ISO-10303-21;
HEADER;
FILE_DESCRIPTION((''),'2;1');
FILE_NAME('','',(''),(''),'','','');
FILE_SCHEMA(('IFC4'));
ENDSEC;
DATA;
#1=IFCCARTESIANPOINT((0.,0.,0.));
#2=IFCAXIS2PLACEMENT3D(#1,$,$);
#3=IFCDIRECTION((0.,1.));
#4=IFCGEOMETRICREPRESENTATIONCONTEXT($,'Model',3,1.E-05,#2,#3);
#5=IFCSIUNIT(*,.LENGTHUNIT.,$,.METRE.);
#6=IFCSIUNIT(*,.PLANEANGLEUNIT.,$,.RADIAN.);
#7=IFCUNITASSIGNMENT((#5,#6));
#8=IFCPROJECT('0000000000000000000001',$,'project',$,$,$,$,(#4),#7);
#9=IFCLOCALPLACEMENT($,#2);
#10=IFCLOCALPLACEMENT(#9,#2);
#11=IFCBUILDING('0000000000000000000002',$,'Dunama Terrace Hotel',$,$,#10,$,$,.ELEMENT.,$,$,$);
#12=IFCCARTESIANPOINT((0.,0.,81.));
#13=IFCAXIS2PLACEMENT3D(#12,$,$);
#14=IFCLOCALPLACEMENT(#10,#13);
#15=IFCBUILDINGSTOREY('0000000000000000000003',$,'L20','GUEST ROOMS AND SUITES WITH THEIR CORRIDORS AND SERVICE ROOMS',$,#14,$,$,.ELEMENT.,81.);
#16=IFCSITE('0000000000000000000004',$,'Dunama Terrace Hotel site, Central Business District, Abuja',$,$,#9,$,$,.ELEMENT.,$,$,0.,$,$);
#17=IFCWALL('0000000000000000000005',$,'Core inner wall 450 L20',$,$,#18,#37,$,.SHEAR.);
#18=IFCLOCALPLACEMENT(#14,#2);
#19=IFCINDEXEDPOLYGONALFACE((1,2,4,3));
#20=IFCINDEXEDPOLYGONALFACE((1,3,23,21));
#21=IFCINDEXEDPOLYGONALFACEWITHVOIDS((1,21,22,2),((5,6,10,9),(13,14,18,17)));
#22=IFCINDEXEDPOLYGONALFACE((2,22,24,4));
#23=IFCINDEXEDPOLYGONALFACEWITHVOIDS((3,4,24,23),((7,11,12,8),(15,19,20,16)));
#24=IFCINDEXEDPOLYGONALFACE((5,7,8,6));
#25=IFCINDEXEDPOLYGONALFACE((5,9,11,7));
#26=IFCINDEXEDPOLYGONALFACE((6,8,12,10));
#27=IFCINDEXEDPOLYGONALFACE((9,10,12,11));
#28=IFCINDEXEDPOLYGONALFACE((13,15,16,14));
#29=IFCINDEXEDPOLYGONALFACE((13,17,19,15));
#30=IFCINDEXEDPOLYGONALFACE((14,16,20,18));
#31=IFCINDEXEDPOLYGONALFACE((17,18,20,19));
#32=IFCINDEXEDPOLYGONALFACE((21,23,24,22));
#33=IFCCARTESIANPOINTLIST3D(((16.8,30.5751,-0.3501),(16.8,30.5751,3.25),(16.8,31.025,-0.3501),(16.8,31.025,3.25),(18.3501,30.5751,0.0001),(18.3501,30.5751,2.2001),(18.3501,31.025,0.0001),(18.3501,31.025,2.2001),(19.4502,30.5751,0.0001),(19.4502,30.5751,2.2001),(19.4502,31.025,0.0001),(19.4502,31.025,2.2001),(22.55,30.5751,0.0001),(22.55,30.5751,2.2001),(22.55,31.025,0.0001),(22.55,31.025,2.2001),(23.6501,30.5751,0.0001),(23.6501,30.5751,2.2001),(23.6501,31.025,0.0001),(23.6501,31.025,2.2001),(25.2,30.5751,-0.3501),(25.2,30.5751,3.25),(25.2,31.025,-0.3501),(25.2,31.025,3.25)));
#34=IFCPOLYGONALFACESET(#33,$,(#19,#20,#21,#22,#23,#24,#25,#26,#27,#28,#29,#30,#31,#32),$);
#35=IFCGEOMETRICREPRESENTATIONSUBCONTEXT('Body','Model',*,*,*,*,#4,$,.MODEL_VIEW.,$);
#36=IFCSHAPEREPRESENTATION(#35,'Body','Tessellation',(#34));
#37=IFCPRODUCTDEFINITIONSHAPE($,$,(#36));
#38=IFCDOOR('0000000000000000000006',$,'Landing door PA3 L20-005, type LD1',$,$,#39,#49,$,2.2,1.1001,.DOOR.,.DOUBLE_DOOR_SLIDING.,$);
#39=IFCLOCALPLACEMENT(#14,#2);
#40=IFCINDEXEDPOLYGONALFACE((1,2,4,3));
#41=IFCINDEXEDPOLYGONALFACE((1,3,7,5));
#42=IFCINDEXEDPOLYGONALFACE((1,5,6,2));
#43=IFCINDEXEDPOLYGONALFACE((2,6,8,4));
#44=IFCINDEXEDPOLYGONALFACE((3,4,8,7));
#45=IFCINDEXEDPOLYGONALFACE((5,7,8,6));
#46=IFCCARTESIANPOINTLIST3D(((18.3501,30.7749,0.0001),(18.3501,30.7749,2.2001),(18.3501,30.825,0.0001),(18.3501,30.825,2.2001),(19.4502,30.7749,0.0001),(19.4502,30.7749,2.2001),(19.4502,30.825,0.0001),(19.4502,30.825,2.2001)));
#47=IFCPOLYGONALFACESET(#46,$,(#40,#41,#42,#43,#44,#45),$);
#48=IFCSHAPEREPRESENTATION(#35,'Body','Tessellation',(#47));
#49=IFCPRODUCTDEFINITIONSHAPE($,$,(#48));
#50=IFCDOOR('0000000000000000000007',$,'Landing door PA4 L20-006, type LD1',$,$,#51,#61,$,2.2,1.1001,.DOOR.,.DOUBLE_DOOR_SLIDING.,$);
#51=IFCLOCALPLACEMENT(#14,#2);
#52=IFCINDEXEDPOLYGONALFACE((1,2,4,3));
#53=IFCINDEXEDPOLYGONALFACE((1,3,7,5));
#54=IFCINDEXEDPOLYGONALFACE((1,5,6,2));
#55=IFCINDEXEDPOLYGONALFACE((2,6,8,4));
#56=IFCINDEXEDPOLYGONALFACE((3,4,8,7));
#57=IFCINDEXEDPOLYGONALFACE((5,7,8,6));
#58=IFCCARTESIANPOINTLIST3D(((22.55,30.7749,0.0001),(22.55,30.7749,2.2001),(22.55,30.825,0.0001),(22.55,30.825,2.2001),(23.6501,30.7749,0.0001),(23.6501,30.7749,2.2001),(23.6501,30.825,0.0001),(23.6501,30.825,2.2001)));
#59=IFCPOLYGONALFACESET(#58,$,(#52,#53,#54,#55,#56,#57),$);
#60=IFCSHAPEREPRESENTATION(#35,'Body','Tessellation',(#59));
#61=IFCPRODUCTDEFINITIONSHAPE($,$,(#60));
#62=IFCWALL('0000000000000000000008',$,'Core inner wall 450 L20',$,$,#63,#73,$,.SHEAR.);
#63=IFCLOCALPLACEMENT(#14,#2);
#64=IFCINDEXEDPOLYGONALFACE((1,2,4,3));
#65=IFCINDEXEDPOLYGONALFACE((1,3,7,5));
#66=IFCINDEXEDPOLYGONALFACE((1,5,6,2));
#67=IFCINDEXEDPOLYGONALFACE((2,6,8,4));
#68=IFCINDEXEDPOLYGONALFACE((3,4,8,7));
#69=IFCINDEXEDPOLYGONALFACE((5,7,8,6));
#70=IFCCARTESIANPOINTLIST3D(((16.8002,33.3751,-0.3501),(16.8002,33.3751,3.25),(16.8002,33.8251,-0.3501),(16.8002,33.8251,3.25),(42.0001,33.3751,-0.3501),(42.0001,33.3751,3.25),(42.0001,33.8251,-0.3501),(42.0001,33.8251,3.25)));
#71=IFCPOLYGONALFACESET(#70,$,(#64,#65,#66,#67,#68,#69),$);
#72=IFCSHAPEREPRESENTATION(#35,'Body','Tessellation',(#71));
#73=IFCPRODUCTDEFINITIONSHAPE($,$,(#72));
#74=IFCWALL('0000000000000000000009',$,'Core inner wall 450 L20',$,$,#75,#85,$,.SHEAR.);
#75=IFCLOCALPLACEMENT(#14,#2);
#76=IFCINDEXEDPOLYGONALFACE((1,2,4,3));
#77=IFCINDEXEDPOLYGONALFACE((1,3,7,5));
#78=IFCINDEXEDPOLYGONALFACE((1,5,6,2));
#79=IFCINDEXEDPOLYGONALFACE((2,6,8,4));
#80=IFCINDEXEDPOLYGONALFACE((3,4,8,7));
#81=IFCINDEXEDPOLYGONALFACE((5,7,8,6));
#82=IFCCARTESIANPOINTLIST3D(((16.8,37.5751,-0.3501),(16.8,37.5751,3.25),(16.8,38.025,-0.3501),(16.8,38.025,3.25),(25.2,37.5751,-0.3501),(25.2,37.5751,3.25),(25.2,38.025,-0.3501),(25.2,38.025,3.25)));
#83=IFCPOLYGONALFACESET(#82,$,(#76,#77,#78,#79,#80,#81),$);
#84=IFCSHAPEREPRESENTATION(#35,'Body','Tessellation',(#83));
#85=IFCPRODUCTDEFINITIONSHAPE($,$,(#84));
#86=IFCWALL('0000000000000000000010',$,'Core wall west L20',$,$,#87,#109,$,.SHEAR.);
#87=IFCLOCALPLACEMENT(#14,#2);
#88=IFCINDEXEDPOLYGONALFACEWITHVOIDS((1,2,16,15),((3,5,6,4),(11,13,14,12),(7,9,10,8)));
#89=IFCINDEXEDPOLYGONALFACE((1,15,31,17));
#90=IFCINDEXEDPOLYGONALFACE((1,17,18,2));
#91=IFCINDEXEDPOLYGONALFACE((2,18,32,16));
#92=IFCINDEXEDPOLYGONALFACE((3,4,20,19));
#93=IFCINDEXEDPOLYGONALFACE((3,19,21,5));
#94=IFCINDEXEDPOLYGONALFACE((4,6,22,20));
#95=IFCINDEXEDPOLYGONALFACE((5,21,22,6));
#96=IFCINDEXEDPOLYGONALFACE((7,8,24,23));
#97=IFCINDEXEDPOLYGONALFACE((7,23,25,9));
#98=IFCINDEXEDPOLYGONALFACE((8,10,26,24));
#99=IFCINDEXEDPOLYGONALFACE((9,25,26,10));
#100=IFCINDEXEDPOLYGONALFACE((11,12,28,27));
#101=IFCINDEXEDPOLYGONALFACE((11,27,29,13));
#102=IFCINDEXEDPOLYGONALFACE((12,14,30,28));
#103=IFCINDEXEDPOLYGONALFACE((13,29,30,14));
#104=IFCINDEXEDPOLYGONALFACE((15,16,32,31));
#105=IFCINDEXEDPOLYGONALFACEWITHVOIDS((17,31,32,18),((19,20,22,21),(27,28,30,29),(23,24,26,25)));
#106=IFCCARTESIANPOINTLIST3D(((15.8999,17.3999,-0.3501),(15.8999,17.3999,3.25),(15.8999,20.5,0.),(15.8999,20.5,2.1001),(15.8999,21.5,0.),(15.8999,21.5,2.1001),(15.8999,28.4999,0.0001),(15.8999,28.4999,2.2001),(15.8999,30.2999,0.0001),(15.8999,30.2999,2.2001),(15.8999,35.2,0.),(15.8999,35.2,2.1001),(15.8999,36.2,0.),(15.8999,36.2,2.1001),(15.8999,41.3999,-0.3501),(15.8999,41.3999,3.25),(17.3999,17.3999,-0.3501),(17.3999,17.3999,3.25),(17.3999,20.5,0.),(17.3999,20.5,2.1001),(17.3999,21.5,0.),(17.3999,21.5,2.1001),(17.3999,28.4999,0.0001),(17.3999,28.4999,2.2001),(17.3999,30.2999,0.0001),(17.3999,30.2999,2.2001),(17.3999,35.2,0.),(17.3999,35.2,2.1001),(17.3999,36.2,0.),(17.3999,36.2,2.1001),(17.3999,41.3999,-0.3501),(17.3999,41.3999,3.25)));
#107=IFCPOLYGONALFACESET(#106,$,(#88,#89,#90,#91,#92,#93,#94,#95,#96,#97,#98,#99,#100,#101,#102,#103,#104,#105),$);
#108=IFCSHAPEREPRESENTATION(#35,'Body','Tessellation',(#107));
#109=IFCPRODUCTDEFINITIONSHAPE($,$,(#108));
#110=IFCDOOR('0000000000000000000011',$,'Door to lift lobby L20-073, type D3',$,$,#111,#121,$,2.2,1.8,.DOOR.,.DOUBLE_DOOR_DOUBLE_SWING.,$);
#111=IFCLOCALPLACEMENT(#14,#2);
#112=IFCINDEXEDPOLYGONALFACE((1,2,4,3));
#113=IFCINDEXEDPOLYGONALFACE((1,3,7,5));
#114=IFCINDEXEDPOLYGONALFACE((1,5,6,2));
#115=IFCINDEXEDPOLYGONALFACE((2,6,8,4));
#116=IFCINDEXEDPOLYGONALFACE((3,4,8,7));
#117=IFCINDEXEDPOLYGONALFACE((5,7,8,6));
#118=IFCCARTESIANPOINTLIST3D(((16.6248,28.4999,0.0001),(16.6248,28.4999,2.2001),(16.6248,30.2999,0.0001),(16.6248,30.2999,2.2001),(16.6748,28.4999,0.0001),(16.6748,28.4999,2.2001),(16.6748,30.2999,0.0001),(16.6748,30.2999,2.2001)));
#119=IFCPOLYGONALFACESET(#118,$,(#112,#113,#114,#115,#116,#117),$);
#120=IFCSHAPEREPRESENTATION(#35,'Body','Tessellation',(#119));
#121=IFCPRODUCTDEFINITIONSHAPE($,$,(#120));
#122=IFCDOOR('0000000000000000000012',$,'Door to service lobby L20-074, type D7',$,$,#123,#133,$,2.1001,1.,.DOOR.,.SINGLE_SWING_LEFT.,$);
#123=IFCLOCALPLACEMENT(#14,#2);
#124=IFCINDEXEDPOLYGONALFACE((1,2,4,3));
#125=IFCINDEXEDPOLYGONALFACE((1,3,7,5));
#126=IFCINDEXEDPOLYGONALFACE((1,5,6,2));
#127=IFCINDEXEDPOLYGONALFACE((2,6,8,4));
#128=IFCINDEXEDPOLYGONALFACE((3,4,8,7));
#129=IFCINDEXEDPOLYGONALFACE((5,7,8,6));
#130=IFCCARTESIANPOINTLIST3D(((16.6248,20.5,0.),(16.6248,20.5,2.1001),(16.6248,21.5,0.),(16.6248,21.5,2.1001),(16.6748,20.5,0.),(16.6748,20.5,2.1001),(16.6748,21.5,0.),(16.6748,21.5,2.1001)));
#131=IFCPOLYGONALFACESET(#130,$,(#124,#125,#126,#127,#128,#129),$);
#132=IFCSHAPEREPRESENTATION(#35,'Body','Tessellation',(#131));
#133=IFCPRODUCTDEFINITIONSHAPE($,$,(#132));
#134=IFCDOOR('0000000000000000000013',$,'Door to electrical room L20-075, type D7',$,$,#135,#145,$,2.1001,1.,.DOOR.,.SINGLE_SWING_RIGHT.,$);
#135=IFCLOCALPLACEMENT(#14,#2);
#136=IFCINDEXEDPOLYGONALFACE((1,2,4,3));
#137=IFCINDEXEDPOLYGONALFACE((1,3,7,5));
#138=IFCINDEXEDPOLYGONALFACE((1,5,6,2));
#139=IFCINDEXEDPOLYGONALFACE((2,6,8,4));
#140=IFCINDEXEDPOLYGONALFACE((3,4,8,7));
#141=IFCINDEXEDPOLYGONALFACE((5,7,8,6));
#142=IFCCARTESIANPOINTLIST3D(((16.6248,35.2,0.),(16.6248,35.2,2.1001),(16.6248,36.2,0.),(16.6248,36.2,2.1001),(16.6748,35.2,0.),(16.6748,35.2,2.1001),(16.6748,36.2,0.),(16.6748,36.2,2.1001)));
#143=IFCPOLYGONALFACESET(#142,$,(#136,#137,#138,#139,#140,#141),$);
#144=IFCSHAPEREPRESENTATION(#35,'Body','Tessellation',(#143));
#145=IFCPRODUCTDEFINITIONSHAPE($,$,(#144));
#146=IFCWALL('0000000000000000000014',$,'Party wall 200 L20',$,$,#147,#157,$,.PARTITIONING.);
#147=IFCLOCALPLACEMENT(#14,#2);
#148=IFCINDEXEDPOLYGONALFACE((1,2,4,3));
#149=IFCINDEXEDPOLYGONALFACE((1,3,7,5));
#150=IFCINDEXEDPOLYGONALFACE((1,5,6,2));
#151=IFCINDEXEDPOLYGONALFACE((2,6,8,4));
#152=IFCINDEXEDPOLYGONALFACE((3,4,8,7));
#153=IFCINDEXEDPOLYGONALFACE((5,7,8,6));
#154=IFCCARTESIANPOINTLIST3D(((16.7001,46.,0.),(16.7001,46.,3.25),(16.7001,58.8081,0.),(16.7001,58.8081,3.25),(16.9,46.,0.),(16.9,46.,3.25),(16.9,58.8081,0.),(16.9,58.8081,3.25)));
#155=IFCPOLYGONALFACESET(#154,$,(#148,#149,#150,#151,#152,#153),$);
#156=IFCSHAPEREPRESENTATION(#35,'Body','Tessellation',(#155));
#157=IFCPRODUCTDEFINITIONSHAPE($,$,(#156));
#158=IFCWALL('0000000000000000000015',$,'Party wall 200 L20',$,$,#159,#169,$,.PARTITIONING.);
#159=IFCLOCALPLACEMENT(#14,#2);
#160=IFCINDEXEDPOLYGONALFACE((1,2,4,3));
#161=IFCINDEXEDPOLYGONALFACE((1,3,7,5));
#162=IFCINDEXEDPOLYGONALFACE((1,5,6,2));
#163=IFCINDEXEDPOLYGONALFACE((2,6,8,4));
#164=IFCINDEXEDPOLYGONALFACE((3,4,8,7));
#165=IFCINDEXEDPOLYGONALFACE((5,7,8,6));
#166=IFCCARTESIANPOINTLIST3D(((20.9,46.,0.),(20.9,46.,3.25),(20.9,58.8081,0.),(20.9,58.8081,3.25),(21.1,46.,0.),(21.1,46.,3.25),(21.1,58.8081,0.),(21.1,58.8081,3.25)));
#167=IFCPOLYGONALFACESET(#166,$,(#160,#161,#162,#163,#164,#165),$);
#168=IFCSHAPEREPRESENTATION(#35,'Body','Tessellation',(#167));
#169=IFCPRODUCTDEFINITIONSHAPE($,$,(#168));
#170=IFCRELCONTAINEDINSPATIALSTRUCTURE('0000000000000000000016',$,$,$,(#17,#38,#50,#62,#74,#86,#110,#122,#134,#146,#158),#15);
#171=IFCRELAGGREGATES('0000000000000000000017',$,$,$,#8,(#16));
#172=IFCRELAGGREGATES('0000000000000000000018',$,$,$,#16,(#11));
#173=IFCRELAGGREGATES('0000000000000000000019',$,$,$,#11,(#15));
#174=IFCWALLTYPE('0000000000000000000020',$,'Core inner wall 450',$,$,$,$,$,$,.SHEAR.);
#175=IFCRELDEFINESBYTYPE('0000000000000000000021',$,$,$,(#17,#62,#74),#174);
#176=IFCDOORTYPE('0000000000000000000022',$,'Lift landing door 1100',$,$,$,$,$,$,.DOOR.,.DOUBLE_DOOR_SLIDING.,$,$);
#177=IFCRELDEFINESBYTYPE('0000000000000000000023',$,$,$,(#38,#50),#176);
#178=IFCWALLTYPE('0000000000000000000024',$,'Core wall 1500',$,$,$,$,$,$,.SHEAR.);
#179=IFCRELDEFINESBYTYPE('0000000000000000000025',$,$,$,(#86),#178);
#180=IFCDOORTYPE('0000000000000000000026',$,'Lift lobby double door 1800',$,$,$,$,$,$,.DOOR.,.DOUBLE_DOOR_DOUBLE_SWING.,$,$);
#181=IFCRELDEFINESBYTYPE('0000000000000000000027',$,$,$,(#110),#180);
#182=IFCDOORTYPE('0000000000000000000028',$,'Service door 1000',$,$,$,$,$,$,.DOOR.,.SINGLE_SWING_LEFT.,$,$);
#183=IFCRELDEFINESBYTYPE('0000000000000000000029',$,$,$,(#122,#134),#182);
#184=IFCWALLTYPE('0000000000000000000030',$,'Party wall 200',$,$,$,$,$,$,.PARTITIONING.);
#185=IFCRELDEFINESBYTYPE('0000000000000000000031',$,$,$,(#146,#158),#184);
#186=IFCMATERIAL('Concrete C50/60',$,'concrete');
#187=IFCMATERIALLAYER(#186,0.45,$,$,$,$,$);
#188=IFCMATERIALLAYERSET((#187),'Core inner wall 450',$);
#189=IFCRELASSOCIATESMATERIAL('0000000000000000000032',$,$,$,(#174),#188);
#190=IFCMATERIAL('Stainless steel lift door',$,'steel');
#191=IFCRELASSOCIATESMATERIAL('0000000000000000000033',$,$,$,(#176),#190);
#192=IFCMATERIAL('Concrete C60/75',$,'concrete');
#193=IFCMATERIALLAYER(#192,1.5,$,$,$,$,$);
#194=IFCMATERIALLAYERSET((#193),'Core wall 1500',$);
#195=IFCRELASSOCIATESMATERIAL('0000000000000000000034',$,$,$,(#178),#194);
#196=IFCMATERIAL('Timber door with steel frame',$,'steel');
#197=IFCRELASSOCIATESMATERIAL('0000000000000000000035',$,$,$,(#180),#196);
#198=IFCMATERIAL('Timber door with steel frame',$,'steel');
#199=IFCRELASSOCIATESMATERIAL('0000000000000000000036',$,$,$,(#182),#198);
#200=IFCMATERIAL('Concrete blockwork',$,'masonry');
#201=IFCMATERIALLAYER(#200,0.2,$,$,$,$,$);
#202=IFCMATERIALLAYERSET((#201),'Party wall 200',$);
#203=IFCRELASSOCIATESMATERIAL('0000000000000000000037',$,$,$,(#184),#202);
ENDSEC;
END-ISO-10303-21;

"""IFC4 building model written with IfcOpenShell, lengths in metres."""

from ifc_helpers import new_model, si_unit, direction, frame, frame_2d, origin, place, context, subcontext, project, spatial, rectangle, extrude, material, layer, layer_set, type_object, element, fill, save


model = new_model("IFC4")

# Units and contexts
model_context = context("Model", 3, precision=1e-05, world=origin(), true_north=direction((0.0, 1.0)))
body_context = subcontext(model_context, "Body", "Model", "MODEL_VIEW")
ifc_project = project(units=[si_unit("LENGTHUNIT", "METRE"), si_unit("PLANEANGLEUNIT", "RADIAN")], contexts=[model_context])

# Site, building, storey
site_placement = place(None, origin())
site = spatial("IfcSite", under=ifc_project, at=site_placement, Name="Dunama Terrace Hotel site, Central Business District, Abuja", CompositionType="ELEMENT", RefElevation=0.0)
building_placement = place(site_placement, origin())
building = spatial("IfcBuilding", under=site, at=building_placement, Name="Dunama Terrace Hotel", CompositionType="ELEMENT")
storey_placement = place(building_placement, frame((0.0, 0.0, 81.0)))
storey = spatial("IfcBuildingStorey", under=building, at=storey_placement, Name="L20", Description="GUEST ROOMS AND SUITES WITH THEIR CORRIDORS AND SERVICE ROOMS", CompositionType="ELEMENT", Elevation=81.0)

# Shared definitions
ifc_material_1 = material(Name="Concrete C50/60", Category="concrete")
ifc_layer_1 = layer(ifc_material_1, 0.45)
ifc_layer_set_1 = layer_set([ifc_layer_1], Name="Core inner wall 450")
wall_type_1 = type_object("IfcWallType", Name="Core inner wall 450", PredefinedType="SHEAR", material=ifc_layer_set_1)

# Wall, openings, doors
ifc_material_2 = material(Name="Stainless steel lift door", Category="steel")
door_type_1 = type_object("IfcDoorType", Name="Lift landing door 1100", OperationType="DOUBLE_DOOR_SLIDING", PredefinedType="DOOR", material=ifc_material_2)
wall_1_placement = place(storey_placement, frame((16.8, 30.8, -0.3501), z_axis=(0.0, 0.0, 1.0), x_axis=(1.0, 0.0, 0.0)))
wall_1 = element("IfcWall", 1, at=wall_1_placement, inside=storey, type_object=wall_type_1, Name="Core inner wall 450 L20", PredefinedType="SHEAR", context=body_context, shape_type="SweptSolid", body=[
    extrude(rectangle(XDim=8.3999, YDim=0.45, at=frame_2d((4.2, 0.0))), origin(), (0.0, 0.0, 1.0), 3.6001),
])
opening_1_placement = place(wall_1_placement, frame((1.55, 0.0, 0.3501)))
opening_1 = element("IfcOpeningElement", 2, at=opening_1_placement, cuts=wall_1, PredefinedType="OPENING", context=body_context, shape_type="SweptSolid", body=[
    extrude(rectangle(XDim=1.1001, YDim=2.2, at=frame_2d((0.55, 1.1001))), frame((0.0, 0.2349, 0.0), z_axis=(0.0, -1.0, 0.0), x_axis=(1.0, 0.0, 0.0)), (0.0, 0.0, 1.0), 0.47),
])
opening_2_placement = place(wall_1_placement, frame((5.75, 0.0, 0.3501)))
opening_2 = element("IfcOpeningElement", 3, at=opening_2_placement, cuts=wall_1, PredefinedType="OPENING", context=body_context, shape_type="SweptSolid", body=[
    extrude(rectangle(XDim=1.1001, YDim=2.2, at=frame_2d((0.55, 1.1001))), frame((0.0, 0.2349, 0.0), z_axis=(0.0, -1.0, 0.0), x_axis=(1.0, 0.0, 0.0)), (0.0, 0.0, 1.0), 0.47),
])
door_1_placement = place(opening_1_placement, origin())
door_1 = element("IfcDoor", 4, at=door_1_placement, inside=storey, type_object=door_type_1, Name="Landing door PA3 L20-005, type LD1", OperationType="DOUBLE_DOOR_SLIDING", OverallHeight=2.2, OverallWidth=1.1001, PredefinedType="DOOR", context=body_context, shape_type="SweptSolid", body=[
    extrude(rectangle(XDim=1.1001, YDim=2.2, at=frame_2d((0.55, 1.1001))), frame((0.0, 0.0249, 0.0), z_axis=(0.0, -1.0, 0.0), x_axis=(1.0, 0.0, 0.0)), (0.0, 0.0, 1.0), 0.05),
])
fill(opening_1, door_1)
door_2_placement = place(opening_2_placement, origin())
door_2 = element("IfcDoor", 5, at=door_2_placement, inside=storey, type_object=door_type_1, Name="Landing door PA4 L20-006, type LD1", OperationType="DOUBLE_DOOR_SLIDING", OverallHeight=2.2, OverallWidth=1.1001, PredefinedType="DOOR", context=body_context, shape_type="SweptSolid", body=[
    extrude(rectangle(XDim=1.1001, YDim=2.2, at=frame_2d((0.55, 1.1001))), frame((0.0, 0.0249, 0.0), z_axis=(0.0, -1.0, 0.0), x_axis=(1.0, 0.0, 0.0)), (0.0, 0.0, 1.0), 0.05),
])
fill(opening_2, door_2)

# Walls
wall_2_placement = place(storey_placement, frame((16.8, 33.6001, -0.3501), z_axis=(0.0, 0.0, 1.0), x_axis=(1.0, 0.0, 0.0)))
element("IfcWall", 6, at=wall_2_placement, inside=storey, type_object=wall_type_1, Name="Core inner wall 450 L20", PredefinedType="SHEAR", context=body_context, shape_type="SweptSolid", body=[
    extrude(rectangle(XDim=25.2, YDim=0.45, at=frame_2d((12.6001, 0.0))), origin(), (0.0, 0.0, 1.0), 3.6001),
])
wall_3_placement = place(storey_placement, frame((16.8, 37.8, -0.3501), z_axis=(0.0, 0.0, 1.0), x_axis=(1.0, 0.0, 0.0)))
element("IfcWall", 7, at=wall_3_placement, inside=storey, type_object=wall_type_1, Name="Core inner wall 450 L20", PredefinedType="SHEAR", context=body_context, shape_type="SweptSolid", body=[
    extrude(rectangle(XDim=8.3999, YDim=0.45, at=frame_2d((4.2, 0.0))), origin(), (0.0, 0.0, 1.0), 3.6001),
])

# Wall, openings, doors
ifc_material_3 = material(Name="Concrete C60/75", Category="concrete")
ifc_layer_2 = layer(ifc_material_3, 1.5)
ifc_layer_set_2 = layer_set([ifc_layer_2], Name="Core wall 1500")
wall_type_2 = type_object("IfcWallType", Name="Core wall 1500", PredefinedType="SHEAR", material=ifc_layer_set_2)
wall_4_placement = place(storey_placement, frame((16.6499, 41.3999, -0.3501), z_axis=(0.0, 0.0, 1.0), x_axis=(0.0, -1.0, 0.0)))
wall_4 = element("IfcWall", 8, at=wall_4_placement, inside=storey, type_object=wall_type_2, Name="Core wall west L20", PredefinedType="SHEAR", context=body_context, shape_type="SweptSolid", body=[
    extrude(rectangle(XDim=24.0, YDim=1.5, at=frame_2d((12.0, 0.0))), origin(), (0.0, 0.0, 1.0), 3.6001),
])
opening_3_placement = place(wall_4_placement, frame((11.1001, 0.0, 0.3501)))
opening_3 = element("IfcOpeningElement", 9, at=opening_3_placement, cuts=wall_4, PredefinedType="OPENING", context=body_context, shape_type="SweptSolid", body=[
    extrude(rectangle(XDim=1.8, YDim=2.2, at=frame_2d((0.8999, 1.1001))), frame((0.0, 0.76, 0.0), z_axis=(0.0, -1.0, 0.0), x_axis=(1.0, 0.0, 0.0)), (0.0, 0.0, 1.0), 1.52),
])
opening_4_placement = place(wall_4_placement, frame((19.8999, 0.0, 0.3501)))
opening_4 = element("IfcOpeningElement", 10, at=opening_4_placement, cuts=wall_4, PredefinedType="OPENING", context=body_context, shape_type="SweptSolid", body=[
    extrude(rectangle(XDim=1.0, YDim=2.1001, at=frame_2d((0.5, 1.05))), frame((0.0, 0.76, 0.0), z_axis=(0.0, -1.0, 0.0), x_axis=(1.0, 0.0, 0.0)), (0.0, 0.0, 1.0), 1.52),
])
opening_5_placement = place(wall_4_placement, frame((5.2, 0.0, 0.3501)))
opening_5 = element("IfcOpeningElement", 11, at=opening_5_placement, cuts=wall_4, PredefinedType="OPENING", context=body_context, shape_type="SweptSolid", body=[
    extrude(rectangle(XDim=1.0, YDim=2.1001, at=frame_2d((0.5, 1.05))), frame((0.0, 0.76, 0.0), z_axis=(0.0, -1.0, 0.0), x_axis=(1.0, 0.0, 0.0)), (0.0, 0.0, 1.0), 1.52),
])
ifc_material_4 = material(Name="Timber door with steel frame", Category="steel")
door_type_2 = type_object("IfcDoorType", Name="Lift lobby double door 1800", OperationType="DOUBLE_DOOR_DOUBLE_SWING", PredefinedType="DOOR", material=ifc_material_4)
door_3_placement = place(opening_3_placement, origin())
door_3 = element("IfcDoor", 12, at=door_3_placement, inside=storey, type_object=door_type_2, Name="Door to lift lobby L20-073, type D3", OperationType="DOUBLE_DOOR_DOUBLE_SWING", OverallHeight=2.2, OverallWidth=1.8, PredefinedType="DOOR", context=body_context, shape_type="SweptSolid", body=[
    extrude(rectangle(XDim=1.8, YDim=2.2, at=frame_2d((0.8999, 1.1001))), frame((0.0, 0.0249, 0.0), z_axis=(0.0, -1.0, 0.0), x_axis=(1.0, 0.0, 0.0)), (0.0, 0.0, 1.0), 0.05),
])
fill(opening_3, door_3)
ifc_material_5 = material(Name="Timber door with steel frame", Category="steel")
door_type_3 = type_object("IfcDoorType", Name="Service door 1000", OperationType="SINGLE_SWING_LEFT", PredefinedType="DOOR", material=ifc_material_5)
door_4_placement = place(opening_4_placement, origin())
door_4 = element("IfcDoor", 13, at=door_4_placement, inside=storey, type_object=door_type_3, Name="Door to service lobby L20-074, type D7", OperationType="SINGLE_SWING_LEFT", OverallHeight=2.1001, OverallWidth=1.0, PredefinedType="DOOR", context=body_context, shape_type="SweptSolid", body=[
    extrude(rectangle(XDim=1.0, YDim=2.1001, at=frame_2d((0.5, 1.05))), frame((0.0, 0.0249, 0.0), z_axis=(0.0, -1.0, 0.0), x_axis=(1.0, 0.0, 0.0)), (0.0, 0.0, 1.0), 0.05),
])
fill(opening_4, door_4)
door_5_placement = place(opening_5_placement, origin())
door_5 = element("IfcDoor", 14, at=door_5_placement, inside=storey, type_object=door_type_3, Name="Door to electrical room L20-075, type D7", OperationType="SINGLE_SWING_RIGHT", OverallHeight=2.1001, OverallWidth=1.0, PredefinedType="DOOR", context=body_context, shape_type="SweptSolid", body=[
    extrude(rectangle(XDim=1.0, YDim=2.1001, at=frame_2d((0.5, 1.05))), frame((0.0, 0.0249, 0.0), z_axis=(0.0, -1.0, 0.0), x_axis=(1.0, 0.0, 0.0)), (0.0, 0.0, 1.0), 0.05),
])
fill(opening_5, door_5)

# Walls
ifc_material_6 = material(Name="Concrete blockwork", Category="masonry")
ifc_layer_3 = layer(ifc_material_6, 0.2)
ifc_layer_set_3 = layer_set([ifc_layer_3], Name="Party wall 200")
wall_type_3 = type_object("IfcWallType", Name="Party wall 200", PredefinedType="PARTITIONING", material=ifc_layer_set_3)
for number, where, z_axis, x_axis, name in (
    (15, (16.8, 46.0, 0.0), (0.0, 0.0, 1.0), (0.0, 1.0, 0.0), "Party wall 200 L20"),
    (16, (21.0, 46.0, 0.0), (0.0, 0.0, 1.0), (0.0, 1.0, 0.0), "Party wall 200 L20"),
):
    element("IfcWall", number, at=place(storey_placement, frame(where, z_axis=z_axis, x_axis=x_axis)), inside=storey, type_object=wall_type_3, Name=name, PredefinedType="PARTITIONING", context=body_context, shape_type="SweptSolid", body=[
        extrude(rectangle(XDim=12.8081, YDim=0.2, at=frame_2d((6.4041, 0.0))), origin(), (0.0, 0.0, 1.0), 3.25),
    ])

save(model, "model.ifc")
